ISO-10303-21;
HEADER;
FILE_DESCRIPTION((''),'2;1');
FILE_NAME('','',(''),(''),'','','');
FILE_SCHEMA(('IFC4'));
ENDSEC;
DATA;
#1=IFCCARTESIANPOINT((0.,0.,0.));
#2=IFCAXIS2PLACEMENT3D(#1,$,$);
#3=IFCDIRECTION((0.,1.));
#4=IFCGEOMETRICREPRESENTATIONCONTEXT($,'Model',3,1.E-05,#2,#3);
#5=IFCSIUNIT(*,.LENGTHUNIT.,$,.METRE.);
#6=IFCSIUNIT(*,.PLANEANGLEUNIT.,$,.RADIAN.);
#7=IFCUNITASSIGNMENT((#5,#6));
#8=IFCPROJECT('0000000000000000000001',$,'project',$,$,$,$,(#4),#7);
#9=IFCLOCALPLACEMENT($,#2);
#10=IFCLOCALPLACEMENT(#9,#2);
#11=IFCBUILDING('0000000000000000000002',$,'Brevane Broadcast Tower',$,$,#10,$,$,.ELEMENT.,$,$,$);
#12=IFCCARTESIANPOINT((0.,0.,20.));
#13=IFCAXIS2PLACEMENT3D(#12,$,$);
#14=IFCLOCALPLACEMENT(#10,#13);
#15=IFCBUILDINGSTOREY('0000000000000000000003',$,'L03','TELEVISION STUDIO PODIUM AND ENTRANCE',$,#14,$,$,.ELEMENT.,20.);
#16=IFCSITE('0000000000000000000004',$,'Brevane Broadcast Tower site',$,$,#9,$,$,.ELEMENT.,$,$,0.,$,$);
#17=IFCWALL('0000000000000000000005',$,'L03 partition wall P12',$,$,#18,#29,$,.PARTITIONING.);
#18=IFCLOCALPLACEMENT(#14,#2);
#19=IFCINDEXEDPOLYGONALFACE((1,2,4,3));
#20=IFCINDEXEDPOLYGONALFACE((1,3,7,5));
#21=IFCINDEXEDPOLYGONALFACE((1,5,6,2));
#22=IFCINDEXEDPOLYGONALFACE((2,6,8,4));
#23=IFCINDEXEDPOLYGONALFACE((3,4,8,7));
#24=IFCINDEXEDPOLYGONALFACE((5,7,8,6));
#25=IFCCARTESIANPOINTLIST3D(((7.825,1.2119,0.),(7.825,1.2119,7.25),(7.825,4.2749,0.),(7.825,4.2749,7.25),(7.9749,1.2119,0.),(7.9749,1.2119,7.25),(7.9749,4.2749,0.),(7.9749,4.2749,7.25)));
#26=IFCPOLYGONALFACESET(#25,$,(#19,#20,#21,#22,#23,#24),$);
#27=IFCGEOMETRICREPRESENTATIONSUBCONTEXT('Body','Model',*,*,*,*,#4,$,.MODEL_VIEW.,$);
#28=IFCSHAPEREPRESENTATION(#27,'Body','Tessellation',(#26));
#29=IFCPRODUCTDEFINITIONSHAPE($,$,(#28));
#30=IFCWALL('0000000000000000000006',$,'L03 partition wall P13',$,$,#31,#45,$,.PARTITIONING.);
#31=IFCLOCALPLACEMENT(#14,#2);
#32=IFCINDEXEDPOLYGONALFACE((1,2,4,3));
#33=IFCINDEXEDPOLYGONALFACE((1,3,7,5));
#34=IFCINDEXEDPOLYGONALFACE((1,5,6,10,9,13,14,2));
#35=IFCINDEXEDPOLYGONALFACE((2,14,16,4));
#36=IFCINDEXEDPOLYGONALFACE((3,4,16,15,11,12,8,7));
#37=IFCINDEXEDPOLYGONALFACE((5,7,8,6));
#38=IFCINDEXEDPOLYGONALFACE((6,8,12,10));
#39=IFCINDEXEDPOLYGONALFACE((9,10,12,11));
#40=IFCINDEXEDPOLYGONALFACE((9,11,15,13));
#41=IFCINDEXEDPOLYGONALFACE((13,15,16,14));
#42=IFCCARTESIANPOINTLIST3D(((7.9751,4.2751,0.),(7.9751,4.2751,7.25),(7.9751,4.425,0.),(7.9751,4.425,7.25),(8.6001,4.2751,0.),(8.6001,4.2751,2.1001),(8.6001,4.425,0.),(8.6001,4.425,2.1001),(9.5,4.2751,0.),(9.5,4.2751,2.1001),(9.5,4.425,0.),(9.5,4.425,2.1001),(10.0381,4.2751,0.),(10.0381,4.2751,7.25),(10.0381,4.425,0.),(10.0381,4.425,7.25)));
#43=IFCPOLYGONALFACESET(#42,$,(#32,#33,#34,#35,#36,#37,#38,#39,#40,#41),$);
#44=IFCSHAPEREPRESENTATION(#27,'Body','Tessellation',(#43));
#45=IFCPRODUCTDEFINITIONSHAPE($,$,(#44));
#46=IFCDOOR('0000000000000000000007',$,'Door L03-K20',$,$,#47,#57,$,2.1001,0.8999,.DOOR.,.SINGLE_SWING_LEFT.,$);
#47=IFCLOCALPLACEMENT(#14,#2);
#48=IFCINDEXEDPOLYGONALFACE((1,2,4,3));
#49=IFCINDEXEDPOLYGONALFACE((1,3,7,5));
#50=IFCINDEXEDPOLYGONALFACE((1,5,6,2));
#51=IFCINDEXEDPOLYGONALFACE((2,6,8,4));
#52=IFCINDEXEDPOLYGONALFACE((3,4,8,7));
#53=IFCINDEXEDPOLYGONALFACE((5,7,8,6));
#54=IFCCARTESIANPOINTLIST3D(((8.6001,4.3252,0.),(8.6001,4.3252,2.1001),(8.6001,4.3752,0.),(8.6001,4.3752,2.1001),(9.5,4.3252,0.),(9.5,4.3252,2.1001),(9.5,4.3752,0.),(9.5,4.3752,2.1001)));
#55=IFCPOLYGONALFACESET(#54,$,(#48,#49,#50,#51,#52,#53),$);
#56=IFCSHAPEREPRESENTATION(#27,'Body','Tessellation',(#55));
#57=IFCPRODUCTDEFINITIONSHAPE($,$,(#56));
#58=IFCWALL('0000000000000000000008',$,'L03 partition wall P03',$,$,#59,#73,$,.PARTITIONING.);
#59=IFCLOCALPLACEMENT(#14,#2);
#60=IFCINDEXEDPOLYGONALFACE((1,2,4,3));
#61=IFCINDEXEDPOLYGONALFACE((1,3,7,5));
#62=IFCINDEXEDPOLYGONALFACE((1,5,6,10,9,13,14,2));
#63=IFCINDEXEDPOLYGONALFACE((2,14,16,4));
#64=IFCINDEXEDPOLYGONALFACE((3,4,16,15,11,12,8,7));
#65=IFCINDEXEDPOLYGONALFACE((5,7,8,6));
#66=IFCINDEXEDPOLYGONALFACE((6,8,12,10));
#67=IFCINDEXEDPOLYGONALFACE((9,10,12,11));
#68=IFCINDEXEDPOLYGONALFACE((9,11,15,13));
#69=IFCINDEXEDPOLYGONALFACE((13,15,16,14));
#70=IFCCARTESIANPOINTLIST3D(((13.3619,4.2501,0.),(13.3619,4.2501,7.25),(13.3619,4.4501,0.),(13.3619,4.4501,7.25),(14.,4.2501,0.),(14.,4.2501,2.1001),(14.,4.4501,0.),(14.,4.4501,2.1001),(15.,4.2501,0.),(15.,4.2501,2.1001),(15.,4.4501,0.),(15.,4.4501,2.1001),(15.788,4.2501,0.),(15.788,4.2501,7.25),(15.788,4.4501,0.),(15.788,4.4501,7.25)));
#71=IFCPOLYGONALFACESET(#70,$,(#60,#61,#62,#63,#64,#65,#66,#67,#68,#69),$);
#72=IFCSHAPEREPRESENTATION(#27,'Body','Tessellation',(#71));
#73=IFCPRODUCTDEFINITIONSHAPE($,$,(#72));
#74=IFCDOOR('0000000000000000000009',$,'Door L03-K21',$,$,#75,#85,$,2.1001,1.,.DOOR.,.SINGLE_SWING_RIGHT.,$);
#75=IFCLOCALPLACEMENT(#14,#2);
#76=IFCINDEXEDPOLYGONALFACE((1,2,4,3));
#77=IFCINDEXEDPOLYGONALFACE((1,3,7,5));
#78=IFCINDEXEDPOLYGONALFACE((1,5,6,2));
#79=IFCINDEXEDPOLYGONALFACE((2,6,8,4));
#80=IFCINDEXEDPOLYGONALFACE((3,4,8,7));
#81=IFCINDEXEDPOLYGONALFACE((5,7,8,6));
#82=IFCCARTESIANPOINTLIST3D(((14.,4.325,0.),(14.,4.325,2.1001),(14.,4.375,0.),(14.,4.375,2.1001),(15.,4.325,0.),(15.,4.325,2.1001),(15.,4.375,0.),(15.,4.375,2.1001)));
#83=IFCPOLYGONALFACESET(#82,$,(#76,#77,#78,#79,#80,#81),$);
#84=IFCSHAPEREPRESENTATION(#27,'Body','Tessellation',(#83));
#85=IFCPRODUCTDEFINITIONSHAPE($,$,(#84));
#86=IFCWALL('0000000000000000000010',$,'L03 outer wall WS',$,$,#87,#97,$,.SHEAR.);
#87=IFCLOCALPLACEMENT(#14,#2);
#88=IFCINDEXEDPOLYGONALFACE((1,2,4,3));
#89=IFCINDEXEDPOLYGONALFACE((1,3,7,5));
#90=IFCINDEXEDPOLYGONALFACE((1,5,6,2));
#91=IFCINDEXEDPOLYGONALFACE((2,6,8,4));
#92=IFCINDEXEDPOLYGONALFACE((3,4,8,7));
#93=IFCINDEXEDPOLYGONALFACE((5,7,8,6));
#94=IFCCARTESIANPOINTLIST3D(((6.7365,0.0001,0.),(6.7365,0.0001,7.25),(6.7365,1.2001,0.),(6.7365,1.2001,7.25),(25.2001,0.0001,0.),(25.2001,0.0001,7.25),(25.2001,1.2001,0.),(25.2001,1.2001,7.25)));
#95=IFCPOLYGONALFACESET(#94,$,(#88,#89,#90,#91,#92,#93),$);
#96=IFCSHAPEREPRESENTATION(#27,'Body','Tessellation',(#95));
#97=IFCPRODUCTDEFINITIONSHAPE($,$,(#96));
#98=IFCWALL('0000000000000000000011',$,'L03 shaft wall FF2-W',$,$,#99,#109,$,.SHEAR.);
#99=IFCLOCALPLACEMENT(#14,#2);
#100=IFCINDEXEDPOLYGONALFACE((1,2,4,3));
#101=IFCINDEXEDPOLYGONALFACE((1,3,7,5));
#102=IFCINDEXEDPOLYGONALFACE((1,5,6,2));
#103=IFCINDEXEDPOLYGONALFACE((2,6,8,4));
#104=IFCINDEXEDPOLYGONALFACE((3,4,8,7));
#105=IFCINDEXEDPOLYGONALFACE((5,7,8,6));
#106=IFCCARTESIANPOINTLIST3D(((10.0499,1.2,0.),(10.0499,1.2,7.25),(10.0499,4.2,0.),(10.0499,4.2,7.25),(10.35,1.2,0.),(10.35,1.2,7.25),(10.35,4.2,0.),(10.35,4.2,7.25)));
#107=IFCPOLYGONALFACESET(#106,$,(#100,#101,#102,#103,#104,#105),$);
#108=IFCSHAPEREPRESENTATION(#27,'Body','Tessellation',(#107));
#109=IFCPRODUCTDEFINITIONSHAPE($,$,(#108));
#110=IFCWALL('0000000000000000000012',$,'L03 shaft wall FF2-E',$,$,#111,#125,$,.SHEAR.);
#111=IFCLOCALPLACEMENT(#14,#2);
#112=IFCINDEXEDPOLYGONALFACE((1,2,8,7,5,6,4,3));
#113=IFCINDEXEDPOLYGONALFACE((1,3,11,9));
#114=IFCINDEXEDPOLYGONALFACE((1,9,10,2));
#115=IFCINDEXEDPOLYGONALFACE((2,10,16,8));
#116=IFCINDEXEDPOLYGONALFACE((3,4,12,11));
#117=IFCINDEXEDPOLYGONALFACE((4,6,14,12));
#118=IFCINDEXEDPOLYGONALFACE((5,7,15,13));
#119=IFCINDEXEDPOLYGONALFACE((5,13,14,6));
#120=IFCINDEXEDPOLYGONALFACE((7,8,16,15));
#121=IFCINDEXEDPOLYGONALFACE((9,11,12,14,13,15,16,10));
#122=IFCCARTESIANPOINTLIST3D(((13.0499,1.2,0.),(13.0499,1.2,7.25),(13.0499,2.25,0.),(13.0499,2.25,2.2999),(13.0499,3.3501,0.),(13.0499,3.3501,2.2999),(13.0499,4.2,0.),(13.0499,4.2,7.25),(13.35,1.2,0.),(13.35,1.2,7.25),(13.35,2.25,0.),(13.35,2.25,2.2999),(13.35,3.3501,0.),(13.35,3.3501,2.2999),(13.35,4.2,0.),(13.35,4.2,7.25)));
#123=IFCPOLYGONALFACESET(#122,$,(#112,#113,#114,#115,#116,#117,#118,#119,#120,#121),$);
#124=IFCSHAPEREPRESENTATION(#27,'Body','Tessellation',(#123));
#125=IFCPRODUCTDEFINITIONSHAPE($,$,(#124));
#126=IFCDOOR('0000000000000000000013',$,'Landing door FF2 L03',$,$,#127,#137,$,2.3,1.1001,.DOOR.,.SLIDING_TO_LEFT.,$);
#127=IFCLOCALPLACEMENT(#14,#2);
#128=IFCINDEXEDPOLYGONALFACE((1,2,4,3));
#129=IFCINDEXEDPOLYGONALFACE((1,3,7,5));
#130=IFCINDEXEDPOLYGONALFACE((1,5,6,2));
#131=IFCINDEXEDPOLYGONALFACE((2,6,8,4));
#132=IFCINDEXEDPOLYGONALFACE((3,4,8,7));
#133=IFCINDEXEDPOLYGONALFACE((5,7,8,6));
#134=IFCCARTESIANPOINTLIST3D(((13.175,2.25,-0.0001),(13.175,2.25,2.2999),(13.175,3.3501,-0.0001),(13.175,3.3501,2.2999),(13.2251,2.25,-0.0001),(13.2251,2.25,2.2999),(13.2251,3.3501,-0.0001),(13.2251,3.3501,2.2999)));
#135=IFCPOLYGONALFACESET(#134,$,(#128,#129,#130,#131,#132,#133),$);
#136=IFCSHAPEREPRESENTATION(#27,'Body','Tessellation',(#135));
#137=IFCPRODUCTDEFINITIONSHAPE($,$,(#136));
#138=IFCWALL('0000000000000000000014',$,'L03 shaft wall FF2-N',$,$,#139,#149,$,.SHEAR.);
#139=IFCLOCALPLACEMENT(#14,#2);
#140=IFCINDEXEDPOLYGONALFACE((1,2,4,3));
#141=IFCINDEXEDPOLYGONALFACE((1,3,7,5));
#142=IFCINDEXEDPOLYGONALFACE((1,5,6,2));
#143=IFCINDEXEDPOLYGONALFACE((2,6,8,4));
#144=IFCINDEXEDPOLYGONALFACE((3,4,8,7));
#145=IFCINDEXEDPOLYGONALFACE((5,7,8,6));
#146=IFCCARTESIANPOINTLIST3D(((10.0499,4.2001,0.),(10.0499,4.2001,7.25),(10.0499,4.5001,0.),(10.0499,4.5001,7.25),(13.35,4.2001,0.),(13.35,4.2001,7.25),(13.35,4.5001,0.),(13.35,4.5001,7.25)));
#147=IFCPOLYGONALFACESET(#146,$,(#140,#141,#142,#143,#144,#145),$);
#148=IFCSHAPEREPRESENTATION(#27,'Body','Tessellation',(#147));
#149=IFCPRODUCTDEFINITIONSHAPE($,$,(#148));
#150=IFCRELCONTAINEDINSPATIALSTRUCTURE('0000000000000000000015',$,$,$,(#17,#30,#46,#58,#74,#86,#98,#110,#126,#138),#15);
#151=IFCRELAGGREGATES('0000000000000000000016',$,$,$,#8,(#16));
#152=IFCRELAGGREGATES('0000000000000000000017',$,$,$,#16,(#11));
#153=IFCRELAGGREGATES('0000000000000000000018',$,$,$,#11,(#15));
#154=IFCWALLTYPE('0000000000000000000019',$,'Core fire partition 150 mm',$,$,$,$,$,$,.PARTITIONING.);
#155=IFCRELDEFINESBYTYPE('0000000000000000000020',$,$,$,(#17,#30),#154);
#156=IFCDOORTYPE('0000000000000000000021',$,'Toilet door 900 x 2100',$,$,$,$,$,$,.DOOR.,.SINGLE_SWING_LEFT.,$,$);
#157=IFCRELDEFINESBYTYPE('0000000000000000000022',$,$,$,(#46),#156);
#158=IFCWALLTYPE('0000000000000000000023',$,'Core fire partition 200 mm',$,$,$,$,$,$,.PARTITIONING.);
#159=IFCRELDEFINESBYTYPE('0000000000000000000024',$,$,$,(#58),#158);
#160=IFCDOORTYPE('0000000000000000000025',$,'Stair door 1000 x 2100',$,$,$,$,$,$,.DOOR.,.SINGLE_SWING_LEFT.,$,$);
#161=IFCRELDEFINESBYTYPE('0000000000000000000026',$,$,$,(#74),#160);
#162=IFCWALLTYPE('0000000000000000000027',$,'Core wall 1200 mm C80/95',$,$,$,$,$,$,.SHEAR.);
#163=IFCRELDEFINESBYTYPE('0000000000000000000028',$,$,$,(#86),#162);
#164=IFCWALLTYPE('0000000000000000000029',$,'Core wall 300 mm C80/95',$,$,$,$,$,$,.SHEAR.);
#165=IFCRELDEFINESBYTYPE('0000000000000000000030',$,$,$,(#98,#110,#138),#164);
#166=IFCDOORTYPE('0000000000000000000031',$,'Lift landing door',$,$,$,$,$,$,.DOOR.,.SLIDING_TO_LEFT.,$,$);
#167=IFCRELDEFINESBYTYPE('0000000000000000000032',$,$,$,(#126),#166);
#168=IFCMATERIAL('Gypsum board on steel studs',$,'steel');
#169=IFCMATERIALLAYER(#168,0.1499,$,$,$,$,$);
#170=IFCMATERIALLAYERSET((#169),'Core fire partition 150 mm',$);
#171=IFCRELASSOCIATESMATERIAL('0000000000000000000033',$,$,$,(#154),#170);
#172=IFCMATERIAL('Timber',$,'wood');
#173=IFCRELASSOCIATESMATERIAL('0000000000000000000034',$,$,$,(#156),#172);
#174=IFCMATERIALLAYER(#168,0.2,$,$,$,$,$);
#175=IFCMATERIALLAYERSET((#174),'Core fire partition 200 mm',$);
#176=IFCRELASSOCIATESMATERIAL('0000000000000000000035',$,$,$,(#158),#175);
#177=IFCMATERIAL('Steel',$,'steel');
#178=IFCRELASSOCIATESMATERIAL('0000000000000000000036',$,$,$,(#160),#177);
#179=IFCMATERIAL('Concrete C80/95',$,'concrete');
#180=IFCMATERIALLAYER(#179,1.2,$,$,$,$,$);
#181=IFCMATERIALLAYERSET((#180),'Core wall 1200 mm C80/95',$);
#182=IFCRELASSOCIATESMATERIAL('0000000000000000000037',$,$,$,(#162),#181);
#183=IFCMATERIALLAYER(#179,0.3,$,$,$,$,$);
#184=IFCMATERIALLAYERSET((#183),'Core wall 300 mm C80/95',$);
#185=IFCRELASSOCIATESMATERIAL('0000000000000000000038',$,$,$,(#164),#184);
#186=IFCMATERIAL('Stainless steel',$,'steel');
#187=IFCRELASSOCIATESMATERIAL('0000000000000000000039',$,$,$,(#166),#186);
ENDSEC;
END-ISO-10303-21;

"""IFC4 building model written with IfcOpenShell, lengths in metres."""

from ifc_helpers import new_model, si_unit, direction, frame, frame_2d, origin, place, context, subcontext, project, spatial, rectangle, extrude, material, layer, layer_set, type_object, element, fill, save


model = new_model("IFC4")

# Units and contexts
model_context = context("Model", 3, precision=1e-05, world=origin(), true_north=direction((0.0, 1.0)))
body_context = subcontext(model_context, "Body", "Model", "MODEL_VIEW")
ifc_project = project(units=[si_unit("LENGTHUNIT", "METRE"), si_unit("PLANEANGLEUNIT", "RADIAN")], contexts=[model_context])

# Site, building, storey
site_placement = place(None, origin())
site = spatial("IfcSite", under=ifc_project, at=site_placement, Name="Brevane Broadcast Tower site", CompositionType="ELEMENT", RefElevation=0.0)
building_placement = place(site_placement, origin())
building = spatial("IfcBuilding", under=site, at=building_placement, Name="Brevane Broadcast Tower", CompositionType="ELEMENT")
storey_placement = place(building_placement, frame((0.0, 0.0, 20.0)))
storey = spatial("IfcBuildingStorey", under=building, at=storey_placement, Name="L03", Description="TELEVISION STUDIO PODIUM AND ENTRANCE", CompositionType="ELEMENT", Elevation=20.0)

# Shared definitions
ifc_material_1 = material(Name="Gypsum board on steel studs", Category="steel")
ifc_layer_1 = layer(ifc_material_1, 0.1499)
ifc_layer_set_1 = layer_set([ifc_layer_1], Name="Core fire partition 150 mm")
wall_type_1 = type_object("IfcWallType", Name="Core fire partition 150 mm", PredefinedType="PARTITIONING", material=ifc_layer_set_1)

# Shared definitions
ifc_material_2 = material(Name="Timber", Category="wood")
door_type_1 = type_object("IfcDoorType", Name="Toilet door 900 x 2100", OperationType="SINGLE_SWING_LEFT", PredefinedType="DOOR", material=ifc_material_2)

# Wall
wall_1_placement = place(storey_placement, frame((7.8999, 4.2749, 0.0), z_axis=(0.0, 0.0, 1.0), x_axis=(0.0, -1.0, 0.0)))
element("IfcWall", 1, at=wall_1_placement, inside=storey, type_object=wall_type_1, Name="L03 partition wall P12", PredefinedType="PARTITIONING", context=body_context, shape_type="SweptSolid", body=[
    extrude(rectangle(XDim=3.063, YDim=0.1499, at=frame_2d((1.5315, 0.0))), origin(), (0.0, 0.0, 1.0), 7.25),
])

# Walls, openings, doors
wall_2_placement = place(storey_placement, frame((10.0381, 4.3501, 0.0), z_axis=(0.0, 0.0, 1.0), x_axis=(-1.0, 0.0, 0.0)))
wall_2 = element("IfcWall", 2, at=wall_2_placement, inside=storey, type_object=wall_type_1, Name="L03 partition wall P13", PredefinedType="PARTITIONING", context=body_context, shape_type="SweptSolid", body=[
    extrude(rectangle(XDim=2.063, YDim=0.1499, at=frame_2d((1.0315, 0.0))), origin(), (0.0, 0.0, 1.0), 7.25),
])
opening_1_placement = place(wall_2_placement, frame((0.5381, 0.0, 0.0)))
opening_1 = element("IfcOpeningElement", 3, at=opening_1_placement, cuts=wall_2, PredefinedType="OPENING", context=body_context, shape_type="SweptSolid", body=[
    extrude(rectangle(XDim=0.8999, YDim=2.1001, at=frame_2d((0.45, 1.05))), frame((0.0, 0.085, 0.0), z_axis=(0.0, -1.0, 0.0), x_axis=(1.0, 0.0, 0.0)), (0.0, 0.0, 1.0), 0.1699),
])
door_1_placement = place(opening_1_placement, origin())
door_1 = element("IfcDoor", 4, at=door_1_placement, inside=storey, type_object=door_type_1, Name="Door L03-K20", OperationType="SINGLE_SWING_LEFT", OverallHeight=2.1001, OverallWidth=0.8999, PredefinedType="DOOR", context=body_context, shape_type="SweptSolid", body=[
    extrude(rectangle(XDim=0.8999, YDim=2.1001, at=frame_2d((0.45, 1.05))), frame((0.0, 0.0249, 0.0), z_axis=(0.0, -1.0, 0.0), x_axis=(1.0, 0.0, 0.0)), (0.0, 0.0, 1.0), 0.05),
])
fill(opening_1, door_1)
ifc_layer_2 = layer(ifc_material_1, 0.2)
ifc_layer_set_2 = layer_set([ifc_layer_2], Name="Core fire partition 200 mm")
wall_type_2 = type_object("IfcWallType", Name="Core fire partition 200 mm", PredefinedType="PARTITIONING", material=ifc_layer_set_2)
wall_3_placement = place(storey_placement, frame((13.3621, 4.3501, 0.0), z_axis=(0.0, 0.0, 1.0), x_axis=(1.0, 0.0, 0.0)))
wall_3 = element("IfcWall", 5, at=wall_3_placement, inside=storey, type_object=wall_type_2, Name="L03 partition wall P03", PredefinedType="PARTITIONING", context=body_context, shape_type="SweptSolid", body=[
    extrude(rectangle(XDim=2.426, YDim=0.2, at=frame_2d((1.2129, 0.0))), origin(), (0.0, 0.0, 1.0), 7.25),
])
opening_2_placement = place(wall_3_placement, frame((0.6379, 0.0, 0.0)))
opening_2 = element("IfcOpeningElement", 6, at=opening_2_placement, cuts=wall_3, PredefinedType="OPENING", context=body_context, shape_type="SweptSolid", body=[
    extrude(rectangle(XDim=1.0, YDim=2.1001, at=frame_2d((0.5, 1.05))), frame((0.0, 0.1099, 0.0), z_axis=(0.0, -1.0, 0.0), x_axis=(1.0, 0.0, 0.0)), (0.0, 0.0, 1.0), 0.22),
])
ifc_material_3 = material(Name="Steel", Category="steel")
door_type_2 = type_object("IfcDoorType", Name="Stair door 1000 x 2100", OperationType="SINGLE_SWING_LEFT", PredefinedType="DOOR", material=ifc_material_3)
door_2_placement = place(opening_2_placement, origin())
door_2 = element("IfcDoor", 7, at=door_2_placement, inside=storey, type_object=door_type_2, Name="Door L03-K21", OperationType="SINGLE_SWING_RIGHT", OverallHeight=2.1001, OverallWidth=1.0, PredefinedType="DOOR", context=body_context, shape_type="SweptSolid", body=[
    extrude(rectangle(XDim=1.0, YDim=2.1001, at=frame_2d((0.5, 1.05))), frame((0.0, 0.0249, 0.0), z_axis=(0.0, -1.0, 0.0), x_axis=(1.0, 0.0, 0.0)), (0.0, 0.0, 1.0), 0.05),
])
fill(opening_2, door_2)

# Walls
ifc_material_4 = material(Name="Concrete C80/95", Category="concrete")
ifc_layer_3 = layer(ifc_material_4, 1.2)
ifc_layer_set_3 = layer_set([ifc_layer_3], Name="Core wall 1200 mm C80/95")
wall_type_3 = type_object("IfcWallType", Name="Core wall 1200 mm C80/95", PredefinedType="SHEAR", material=ifc_layer_set_3)
wall_4_placement = place(storey_placement, frame((6.7363, 0.6001, 0.0), z_axis=(0.0, 0.0, 1.0), x_axis=(1.0, 0.0, 0.0)))
element("IfcWall", 8, at=wall_4_placement, inside=storey, type_object=wall_type_3, Name="L03 outer wall WS", PredefinedType="SHEAR", context=body_context, shape_type="SweptSolid", body=[
    extrude(rectangle(XDim=18.4636, YDim=1.2, at=frame_2d((9.2319, 0.0))), origin(), (0.0, 0.0, 1.0), 7.25),
])
ifc_layer_4 = layer(ifc_material_4, 0.3)
ifc_layer_set_4 = layer_set([ifc_layer_4], Name="Core wall 300 mm C80/95")
wall_type_4 = type_object("IfcWallType", Name="Core wall 300 mm C80/95", PredefinedType="SHEAR", material=ifc_layer_set_4)
wall_5_placement = place(storey_placement, frame((10.2, 1.2, 0.0), z_axis=(0.0, 0.0, 1.0), x_axis=(0.0, 1.0, 0.0)))
element("IfcWall", 9, at=wall_5_placement, inside=storey, type_object=wall_type_4, Name="L03 shaft wall FF2-W", PredefinedType="SHEAR", context=body_context, shape_type="SweptSolid", body=[
    extrude(rectangle(XDim=3.0, YDim=0.3, at=frame_2d((1.5, 0.0))), origin(), (0.0, 0.0, 1.0), 7.25),
])

# Wall, opening, door
wall_6_placement = place(storey_placement, frame((13.2, 1.2, 0.0), z_axis=(0.0, 0.0, 1.0), x_axis=(0.0, 1.0, 0.0)))
wall_6 = element("IfcWall", 10, at=wall_6_placement, inside=storey, type_object=wall_type_4, Name="L03 shaft wall FF2-E", PredefinedType="SHEAR", context=body_context, shape_type="SweptSolid", body=[
    extrude(rectangle(XDim=3.0, YDim=0.3, at=frame_2d((1.5, 0.0))), origin(), (0.0, 0.0, 1.0), 7.25),
])
opening_3_placement = place(wall_6_placement, frame((1.05, 0.0, 0.0)))
opening_3 = element("IfcOpeningElement", 11, at=opening_3_placement, cuts=wall_6, PredefinedType="OPENING", context=body_context, shape_type="SweptSolid", body=[
    extrude(rectangle(XDim=1.1001, YDim=2.3, at=frame_2d((0.55, 1.1499))), frame((0.0, 0.1599, 0.0), z_axis=(0.0, -1.0, 0.0), x_axis=(1.0, 0.0, 0.0)), (0.0, 0.0, 1.0), 0.3201),
])
ifc_material_5 = material(Name="Stainless steel", Category="steel")
door_type_3 = type_object("IfcDoorType", Name="Lift landing door", OperationType="SLIDING_TO_LEFT", PredefinedType="DOOR", material=ifc_material_5)
door_3_placement = place(opening_3_placement, origin())
door_3 = element("IfcDoor", 12, at=door_3_placement, inside=storey, type_object=door_type_3, Name="Landing door FF2 L03", OperationType="SLIDING_TO_LEFT", OverallHeight=2.3, OverallWidth=1.1001, PredefinedType="DOOR", context=body_context, shape_type="SweptSolid", body=[
    extrude(rectangle(XDim=1.1001, YDim=2.3, at=frame_2d((0.55, 1.1499))), frame((0.0, 0.0249, 0.0), z_axis=(0.0, -1.0, 0.0), x_axis=(1.0, 0.0, 0.0)), (0.0, 0.0, 1.0), 0.05),
])
fill(opening_3, door_3)

# Wall
wall_7_placement = place(storey_placement, frame((10.05, 4.3501, 0.0), z_axis=(0.0, 0.0, 1.0), x_axis=(1.0, 0.0, 0.0)))
element("IfcWall", 13, at=wall_7_placement, inside=storey, type_object=wall_type_4, Name="L03 shaft wall FF2-N", PredefinedType="SHEAR", context=body_context, shape_type="SweptSolid", body=[
    extrude(rectangle(XDim=3.3, YDim=0.3, at=frame_2d((1.6499, 0.0))), origin(), (0.0, 0.0, 1.0), 7.25),
])

save(model, "model.ifc")
